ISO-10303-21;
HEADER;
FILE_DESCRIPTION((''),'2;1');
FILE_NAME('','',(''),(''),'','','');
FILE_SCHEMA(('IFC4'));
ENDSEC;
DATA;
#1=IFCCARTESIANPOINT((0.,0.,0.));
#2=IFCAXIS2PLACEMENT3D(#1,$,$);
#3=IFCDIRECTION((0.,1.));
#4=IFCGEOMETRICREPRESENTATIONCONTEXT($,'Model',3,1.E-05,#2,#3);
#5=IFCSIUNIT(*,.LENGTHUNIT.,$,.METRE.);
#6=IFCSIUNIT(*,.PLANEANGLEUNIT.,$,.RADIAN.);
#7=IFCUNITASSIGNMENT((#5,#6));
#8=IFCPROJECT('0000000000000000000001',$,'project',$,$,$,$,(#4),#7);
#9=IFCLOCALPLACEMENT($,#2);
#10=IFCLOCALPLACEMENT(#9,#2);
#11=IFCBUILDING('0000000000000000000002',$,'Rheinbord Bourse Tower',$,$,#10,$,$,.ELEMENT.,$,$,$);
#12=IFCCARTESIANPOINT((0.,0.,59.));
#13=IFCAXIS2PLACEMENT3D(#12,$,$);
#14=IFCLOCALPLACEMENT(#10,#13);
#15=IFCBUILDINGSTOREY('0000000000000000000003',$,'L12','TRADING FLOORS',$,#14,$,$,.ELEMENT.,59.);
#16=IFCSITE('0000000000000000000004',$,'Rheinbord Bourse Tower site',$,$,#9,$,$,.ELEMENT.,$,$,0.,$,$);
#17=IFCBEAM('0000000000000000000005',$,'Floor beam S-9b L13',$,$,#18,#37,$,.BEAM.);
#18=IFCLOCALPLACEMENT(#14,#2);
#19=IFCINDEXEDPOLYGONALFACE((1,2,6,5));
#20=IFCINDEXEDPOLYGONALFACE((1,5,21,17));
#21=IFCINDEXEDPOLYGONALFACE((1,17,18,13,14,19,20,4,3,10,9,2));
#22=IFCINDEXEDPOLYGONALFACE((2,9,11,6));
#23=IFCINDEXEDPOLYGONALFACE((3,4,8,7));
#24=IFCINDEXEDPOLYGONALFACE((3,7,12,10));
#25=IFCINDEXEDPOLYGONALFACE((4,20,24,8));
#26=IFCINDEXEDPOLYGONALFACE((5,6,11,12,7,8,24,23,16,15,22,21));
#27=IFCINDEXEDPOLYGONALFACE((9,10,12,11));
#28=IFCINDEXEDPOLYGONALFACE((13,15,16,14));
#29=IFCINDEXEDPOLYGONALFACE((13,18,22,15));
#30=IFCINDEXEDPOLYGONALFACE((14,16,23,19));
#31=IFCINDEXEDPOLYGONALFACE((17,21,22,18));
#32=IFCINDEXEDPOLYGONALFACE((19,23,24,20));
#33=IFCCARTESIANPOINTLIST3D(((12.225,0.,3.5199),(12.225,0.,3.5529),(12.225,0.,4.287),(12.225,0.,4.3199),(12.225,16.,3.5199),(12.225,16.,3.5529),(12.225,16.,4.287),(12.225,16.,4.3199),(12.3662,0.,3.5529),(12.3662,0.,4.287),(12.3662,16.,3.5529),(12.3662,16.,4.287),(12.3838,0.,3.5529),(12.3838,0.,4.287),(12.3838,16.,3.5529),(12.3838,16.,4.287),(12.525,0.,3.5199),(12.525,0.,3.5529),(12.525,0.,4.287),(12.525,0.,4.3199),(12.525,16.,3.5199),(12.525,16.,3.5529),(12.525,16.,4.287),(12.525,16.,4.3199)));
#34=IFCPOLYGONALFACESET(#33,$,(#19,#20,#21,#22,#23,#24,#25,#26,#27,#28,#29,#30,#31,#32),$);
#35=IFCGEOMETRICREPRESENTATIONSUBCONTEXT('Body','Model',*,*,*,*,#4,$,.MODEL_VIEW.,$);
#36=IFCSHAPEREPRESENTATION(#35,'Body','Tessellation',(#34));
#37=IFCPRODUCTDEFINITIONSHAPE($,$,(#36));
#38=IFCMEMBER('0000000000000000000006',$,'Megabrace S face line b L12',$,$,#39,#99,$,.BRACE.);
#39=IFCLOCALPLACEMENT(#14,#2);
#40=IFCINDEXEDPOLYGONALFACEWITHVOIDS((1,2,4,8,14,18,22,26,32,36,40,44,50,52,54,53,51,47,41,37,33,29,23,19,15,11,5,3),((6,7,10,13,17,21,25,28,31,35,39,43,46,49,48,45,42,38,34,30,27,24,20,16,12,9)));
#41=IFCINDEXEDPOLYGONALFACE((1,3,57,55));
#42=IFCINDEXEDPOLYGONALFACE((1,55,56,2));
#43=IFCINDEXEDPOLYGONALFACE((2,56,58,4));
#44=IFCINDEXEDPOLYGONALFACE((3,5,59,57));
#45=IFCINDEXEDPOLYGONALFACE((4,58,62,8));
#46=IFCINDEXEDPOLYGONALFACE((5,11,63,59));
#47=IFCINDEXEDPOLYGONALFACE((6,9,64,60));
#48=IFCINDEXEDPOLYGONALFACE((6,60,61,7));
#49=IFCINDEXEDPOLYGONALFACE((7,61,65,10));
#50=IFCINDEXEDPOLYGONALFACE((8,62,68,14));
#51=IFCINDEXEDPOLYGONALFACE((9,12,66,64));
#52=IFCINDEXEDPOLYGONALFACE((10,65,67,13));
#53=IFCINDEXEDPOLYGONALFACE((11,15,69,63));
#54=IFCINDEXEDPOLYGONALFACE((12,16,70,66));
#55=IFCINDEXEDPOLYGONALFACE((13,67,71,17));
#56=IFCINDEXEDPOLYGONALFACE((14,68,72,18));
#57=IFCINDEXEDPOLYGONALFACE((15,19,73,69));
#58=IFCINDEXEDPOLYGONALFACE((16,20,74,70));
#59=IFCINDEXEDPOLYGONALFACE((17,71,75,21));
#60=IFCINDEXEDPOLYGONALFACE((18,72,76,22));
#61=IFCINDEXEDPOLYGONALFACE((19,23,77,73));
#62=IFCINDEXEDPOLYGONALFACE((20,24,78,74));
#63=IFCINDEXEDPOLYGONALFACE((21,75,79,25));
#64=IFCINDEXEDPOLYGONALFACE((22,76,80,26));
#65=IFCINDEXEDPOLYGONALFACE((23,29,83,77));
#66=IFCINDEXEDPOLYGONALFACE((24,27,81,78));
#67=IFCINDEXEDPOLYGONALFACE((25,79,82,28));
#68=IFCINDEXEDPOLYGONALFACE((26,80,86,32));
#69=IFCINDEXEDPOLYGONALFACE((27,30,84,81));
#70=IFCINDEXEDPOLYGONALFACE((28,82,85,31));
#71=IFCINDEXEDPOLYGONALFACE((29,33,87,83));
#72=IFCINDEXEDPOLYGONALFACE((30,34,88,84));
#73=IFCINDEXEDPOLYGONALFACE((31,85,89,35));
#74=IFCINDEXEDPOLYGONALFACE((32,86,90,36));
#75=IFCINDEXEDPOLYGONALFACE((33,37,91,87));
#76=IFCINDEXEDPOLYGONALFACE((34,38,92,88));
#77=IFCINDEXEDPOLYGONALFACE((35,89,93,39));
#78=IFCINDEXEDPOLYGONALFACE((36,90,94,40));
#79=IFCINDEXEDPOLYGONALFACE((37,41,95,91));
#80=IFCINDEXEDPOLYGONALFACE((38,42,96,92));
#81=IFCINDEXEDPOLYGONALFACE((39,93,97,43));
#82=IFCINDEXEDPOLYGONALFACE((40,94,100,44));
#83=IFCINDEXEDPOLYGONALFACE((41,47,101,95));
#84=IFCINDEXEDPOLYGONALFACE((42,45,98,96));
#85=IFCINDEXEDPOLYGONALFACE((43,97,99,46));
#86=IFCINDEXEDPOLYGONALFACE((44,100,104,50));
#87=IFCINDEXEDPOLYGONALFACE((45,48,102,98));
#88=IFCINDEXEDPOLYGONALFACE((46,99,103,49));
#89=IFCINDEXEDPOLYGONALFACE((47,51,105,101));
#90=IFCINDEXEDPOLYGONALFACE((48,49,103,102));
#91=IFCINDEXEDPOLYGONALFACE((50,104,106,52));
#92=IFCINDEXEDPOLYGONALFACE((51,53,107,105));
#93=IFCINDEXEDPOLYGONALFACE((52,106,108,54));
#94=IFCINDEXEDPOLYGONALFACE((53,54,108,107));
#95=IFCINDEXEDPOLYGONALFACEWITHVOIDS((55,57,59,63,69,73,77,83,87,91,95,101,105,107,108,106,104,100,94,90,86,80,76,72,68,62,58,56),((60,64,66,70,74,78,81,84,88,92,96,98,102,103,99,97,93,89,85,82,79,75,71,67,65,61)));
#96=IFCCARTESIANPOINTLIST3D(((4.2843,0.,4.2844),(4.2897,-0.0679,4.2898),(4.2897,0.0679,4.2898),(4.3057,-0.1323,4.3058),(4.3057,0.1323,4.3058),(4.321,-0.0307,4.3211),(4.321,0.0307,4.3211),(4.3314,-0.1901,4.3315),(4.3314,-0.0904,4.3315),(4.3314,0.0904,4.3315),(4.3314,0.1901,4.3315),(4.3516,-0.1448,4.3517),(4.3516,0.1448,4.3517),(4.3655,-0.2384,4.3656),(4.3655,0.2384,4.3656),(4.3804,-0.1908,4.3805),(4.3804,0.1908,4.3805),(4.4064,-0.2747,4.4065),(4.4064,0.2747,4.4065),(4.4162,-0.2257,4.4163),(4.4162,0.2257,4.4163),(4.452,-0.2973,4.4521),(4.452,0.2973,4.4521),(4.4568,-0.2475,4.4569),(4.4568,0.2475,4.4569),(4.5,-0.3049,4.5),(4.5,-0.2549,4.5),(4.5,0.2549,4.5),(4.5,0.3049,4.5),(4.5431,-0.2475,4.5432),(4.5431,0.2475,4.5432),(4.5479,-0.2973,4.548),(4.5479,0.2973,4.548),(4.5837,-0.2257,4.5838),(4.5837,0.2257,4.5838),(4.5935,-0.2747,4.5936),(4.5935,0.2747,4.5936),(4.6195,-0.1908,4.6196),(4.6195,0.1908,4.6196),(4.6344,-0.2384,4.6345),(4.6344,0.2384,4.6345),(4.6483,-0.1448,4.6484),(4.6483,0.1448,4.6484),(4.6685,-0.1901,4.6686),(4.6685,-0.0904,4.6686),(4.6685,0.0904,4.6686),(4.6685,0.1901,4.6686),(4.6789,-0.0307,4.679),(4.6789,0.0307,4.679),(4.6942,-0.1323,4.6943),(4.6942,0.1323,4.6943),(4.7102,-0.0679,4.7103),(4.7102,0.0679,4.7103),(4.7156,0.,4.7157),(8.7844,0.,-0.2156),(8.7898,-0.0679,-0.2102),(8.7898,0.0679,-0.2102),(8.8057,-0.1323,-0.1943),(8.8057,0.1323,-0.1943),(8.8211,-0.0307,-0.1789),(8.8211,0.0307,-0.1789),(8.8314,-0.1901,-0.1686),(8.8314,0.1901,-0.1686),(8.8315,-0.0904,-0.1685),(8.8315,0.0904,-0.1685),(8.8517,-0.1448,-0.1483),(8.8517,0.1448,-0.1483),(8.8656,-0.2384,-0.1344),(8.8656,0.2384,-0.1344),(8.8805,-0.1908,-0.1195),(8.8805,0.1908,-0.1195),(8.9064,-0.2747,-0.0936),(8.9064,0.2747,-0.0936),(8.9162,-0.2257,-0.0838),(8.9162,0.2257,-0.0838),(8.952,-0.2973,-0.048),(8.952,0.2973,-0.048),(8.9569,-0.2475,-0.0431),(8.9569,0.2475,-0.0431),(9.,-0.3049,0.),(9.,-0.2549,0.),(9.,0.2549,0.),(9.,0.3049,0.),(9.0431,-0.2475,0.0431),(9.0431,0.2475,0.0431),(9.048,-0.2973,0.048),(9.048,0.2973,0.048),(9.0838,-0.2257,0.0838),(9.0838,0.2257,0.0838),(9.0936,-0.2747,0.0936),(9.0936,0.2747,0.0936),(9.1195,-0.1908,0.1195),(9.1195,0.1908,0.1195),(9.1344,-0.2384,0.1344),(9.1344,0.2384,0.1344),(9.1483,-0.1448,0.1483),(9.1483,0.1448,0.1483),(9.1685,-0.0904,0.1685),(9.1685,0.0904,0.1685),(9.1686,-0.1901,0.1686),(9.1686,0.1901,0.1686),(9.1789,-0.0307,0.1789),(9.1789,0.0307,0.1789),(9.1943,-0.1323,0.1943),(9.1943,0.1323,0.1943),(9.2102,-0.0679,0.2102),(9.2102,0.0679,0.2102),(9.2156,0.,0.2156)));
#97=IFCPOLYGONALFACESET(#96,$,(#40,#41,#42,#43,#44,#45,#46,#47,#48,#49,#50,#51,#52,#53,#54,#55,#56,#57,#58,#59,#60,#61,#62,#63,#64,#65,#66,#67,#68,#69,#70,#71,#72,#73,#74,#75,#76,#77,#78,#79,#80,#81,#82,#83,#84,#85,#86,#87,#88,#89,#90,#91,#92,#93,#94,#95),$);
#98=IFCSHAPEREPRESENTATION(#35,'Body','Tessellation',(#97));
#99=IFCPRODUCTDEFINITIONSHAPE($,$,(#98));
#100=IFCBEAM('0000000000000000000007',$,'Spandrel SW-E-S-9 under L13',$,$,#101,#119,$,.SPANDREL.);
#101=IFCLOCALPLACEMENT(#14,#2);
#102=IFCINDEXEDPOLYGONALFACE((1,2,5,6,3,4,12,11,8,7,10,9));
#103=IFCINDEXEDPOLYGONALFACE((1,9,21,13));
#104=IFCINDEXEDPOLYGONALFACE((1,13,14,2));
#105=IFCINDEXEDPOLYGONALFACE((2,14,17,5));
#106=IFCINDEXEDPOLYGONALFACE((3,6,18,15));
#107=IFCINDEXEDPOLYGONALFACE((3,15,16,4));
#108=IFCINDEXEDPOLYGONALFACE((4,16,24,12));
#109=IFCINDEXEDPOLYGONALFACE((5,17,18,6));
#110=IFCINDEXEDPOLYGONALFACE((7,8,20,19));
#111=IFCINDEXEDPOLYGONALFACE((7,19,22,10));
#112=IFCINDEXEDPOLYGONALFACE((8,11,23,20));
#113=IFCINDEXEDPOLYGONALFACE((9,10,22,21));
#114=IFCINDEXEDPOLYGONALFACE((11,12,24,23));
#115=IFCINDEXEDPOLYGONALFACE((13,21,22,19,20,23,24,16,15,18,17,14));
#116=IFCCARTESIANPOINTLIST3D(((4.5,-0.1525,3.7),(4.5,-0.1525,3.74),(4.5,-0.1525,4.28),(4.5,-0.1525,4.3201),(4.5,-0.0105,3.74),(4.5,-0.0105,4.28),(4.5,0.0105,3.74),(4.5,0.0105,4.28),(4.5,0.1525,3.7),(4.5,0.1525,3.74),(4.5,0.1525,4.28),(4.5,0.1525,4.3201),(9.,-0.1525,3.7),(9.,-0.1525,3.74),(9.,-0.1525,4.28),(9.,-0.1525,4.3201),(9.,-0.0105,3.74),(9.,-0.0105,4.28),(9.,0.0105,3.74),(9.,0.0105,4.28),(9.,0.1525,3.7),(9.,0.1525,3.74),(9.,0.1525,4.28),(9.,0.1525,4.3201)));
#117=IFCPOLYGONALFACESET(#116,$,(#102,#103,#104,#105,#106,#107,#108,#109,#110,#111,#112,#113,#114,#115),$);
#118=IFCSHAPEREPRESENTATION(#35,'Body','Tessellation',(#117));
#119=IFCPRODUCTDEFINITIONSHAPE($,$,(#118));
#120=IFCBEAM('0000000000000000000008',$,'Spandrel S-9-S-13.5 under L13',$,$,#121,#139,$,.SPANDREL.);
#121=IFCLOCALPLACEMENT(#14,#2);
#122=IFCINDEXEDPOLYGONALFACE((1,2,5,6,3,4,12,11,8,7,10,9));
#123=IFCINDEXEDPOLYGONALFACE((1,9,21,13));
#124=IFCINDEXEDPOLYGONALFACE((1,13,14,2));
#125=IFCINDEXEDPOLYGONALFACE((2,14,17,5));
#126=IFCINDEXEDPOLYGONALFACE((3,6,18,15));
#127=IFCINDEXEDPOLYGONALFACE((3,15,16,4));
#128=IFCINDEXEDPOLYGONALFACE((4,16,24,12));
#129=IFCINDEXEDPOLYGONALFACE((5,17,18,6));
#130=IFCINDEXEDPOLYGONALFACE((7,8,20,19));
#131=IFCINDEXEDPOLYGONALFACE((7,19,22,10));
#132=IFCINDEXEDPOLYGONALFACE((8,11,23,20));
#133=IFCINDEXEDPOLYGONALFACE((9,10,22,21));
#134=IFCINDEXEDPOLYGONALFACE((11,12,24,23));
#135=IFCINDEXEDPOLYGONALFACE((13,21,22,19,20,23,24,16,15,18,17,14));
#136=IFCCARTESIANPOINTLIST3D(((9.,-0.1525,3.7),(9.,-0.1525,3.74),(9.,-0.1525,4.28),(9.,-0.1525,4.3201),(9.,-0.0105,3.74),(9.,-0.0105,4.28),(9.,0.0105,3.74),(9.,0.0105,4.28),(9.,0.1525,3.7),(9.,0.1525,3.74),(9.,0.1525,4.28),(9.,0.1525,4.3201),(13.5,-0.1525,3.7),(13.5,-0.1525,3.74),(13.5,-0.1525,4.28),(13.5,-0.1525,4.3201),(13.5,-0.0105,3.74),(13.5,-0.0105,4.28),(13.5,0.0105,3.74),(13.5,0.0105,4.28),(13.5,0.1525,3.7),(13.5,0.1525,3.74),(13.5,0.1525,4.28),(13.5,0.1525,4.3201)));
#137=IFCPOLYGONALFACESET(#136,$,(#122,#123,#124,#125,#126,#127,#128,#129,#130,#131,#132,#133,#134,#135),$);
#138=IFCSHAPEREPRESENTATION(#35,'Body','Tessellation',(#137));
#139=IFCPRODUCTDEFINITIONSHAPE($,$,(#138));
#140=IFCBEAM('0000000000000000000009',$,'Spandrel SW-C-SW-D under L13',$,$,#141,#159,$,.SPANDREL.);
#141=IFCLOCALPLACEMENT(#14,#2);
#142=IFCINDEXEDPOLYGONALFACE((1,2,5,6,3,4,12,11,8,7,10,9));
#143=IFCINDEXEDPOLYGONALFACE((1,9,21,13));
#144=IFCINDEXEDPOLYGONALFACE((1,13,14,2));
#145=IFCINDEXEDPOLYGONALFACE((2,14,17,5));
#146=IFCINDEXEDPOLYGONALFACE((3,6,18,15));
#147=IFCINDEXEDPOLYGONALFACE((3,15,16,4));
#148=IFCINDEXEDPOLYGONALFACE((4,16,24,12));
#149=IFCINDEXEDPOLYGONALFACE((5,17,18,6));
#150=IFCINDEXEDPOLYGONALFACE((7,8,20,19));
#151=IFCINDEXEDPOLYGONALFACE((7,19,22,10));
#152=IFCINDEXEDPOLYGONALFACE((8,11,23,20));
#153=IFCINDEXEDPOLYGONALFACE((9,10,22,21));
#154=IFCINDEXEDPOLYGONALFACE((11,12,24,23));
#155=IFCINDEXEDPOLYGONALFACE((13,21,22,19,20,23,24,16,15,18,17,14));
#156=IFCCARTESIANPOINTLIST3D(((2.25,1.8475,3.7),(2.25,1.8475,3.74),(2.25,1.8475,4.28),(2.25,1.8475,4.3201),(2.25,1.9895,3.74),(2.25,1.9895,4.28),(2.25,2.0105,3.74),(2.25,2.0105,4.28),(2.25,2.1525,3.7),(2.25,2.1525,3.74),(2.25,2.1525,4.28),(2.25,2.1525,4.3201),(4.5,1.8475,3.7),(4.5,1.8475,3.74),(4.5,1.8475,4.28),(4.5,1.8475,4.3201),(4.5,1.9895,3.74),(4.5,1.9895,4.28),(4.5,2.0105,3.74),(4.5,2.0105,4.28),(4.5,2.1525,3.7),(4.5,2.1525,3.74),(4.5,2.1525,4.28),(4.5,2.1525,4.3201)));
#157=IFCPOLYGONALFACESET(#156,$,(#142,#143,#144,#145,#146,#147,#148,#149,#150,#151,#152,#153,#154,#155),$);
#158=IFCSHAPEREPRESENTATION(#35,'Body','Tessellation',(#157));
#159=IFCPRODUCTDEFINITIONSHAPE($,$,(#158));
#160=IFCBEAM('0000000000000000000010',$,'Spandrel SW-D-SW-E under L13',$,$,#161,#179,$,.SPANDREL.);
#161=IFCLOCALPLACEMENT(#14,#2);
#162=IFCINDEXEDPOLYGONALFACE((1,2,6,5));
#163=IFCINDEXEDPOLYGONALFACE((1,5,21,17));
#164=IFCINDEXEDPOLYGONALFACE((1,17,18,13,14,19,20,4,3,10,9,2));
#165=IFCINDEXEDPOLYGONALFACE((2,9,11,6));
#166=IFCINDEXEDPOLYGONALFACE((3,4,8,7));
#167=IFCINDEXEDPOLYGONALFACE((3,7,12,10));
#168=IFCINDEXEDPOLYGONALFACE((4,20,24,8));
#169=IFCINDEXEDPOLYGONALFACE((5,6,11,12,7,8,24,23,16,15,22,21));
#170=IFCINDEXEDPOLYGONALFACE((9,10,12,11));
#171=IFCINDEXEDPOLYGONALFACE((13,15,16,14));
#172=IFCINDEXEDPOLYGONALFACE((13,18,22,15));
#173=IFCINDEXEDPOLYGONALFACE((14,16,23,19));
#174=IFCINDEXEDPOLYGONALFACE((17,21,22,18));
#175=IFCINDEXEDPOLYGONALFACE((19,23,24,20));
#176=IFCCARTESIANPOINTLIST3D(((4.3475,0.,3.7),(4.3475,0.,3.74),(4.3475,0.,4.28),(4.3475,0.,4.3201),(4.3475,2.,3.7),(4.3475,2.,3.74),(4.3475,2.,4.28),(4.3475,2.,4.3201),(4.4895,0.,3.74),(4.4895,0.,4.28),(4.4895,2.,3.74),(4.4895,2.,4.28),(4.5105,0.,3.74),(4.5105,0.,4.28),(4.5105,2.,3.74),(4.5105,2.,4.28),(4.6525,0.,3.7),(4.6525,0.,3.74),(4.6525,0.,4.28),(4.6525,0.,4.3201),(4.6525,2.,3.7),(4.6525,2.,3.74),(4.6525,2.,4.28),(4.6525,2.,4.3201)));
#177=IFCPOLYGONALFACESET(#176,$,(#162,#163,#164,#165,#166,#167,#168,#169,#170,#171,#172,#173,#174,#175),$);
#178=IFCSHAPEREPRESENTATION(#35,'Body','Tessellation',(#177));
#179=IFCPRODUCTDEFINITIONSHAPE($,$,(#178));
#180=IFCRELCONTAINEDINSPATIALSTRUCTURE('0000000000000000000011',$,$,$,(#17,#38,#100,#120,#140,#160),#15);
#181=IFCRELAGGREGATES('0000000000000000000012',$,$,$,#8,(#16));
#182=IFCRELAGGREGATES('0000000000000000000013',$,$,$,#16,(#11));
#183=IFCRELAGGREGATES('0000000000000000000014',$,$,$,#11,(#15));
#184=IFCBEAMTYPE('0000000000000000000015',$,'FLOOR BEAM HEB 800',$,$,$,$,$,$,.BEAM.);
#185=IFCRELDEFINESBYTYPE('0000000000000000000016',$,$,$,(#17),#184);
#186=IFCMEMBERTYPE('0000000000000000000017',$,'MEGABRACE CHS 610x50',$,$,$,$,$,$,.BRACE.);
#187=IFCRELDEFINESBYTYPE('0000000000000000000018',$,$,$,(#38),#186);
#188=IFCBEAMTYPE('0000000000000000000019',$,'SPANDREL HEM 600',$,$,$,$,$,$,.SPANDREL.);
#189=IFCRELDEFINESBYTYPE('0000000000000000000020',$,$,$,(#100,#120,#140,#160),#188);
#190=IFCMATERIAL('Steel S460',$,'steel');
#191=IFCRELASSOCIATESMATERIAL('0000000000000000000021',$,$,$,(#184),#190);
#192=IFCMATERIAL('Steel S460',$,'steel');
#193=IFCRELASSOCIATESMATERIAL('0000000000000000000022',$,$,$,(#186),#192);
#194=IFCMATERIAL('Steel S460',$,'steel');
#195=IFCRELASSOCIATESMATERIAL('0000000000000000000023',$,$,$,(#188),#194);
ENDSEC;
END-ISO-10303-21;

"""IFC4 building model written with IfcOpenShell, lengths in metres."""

from ifc_helpers import new_model, si_unit, direction, frame, origin, origin_2d, place, context, subcontext, project, spatial, hollow_circle, i_section, extrude, material, material_profile, profile_set, type_object, element, save


model = new_model("IFC4")

# Units and contexts
model_context = context("Model", 3, precision=1e-05, world=origin(), true_north=direction((0.0, 1.0)))
body_context = subcontext(model_context, "Body", "Model", "MODEL_VIEW")
ifc_project = project(units=[si_unit("LENGTHUNIT", "METRE"), si_unit("PLANEANGLEUNIT", "RADIAN")], contexts=[model_context])

# Site, building, storey
site_placement = place(None, origin())
site = spatial("IfcSite", under=ifc_project, at=site_placement, Name="Rheinbord Bourse Tower site", CompositionType="ELEMENT", RefElevation=0.0)
building_placement = place(site_placement, origin())
building = spatial("IfcBuilding", under=site, at=building_placement, Name="Rheinbord Bourse Tower", CompositionType="ELEMENT")
storey_placement = place(building_placement, frame((0.0, 0.0, 59.0)))
storey = spatial("IfcBuildingStorey", under=building, at=storey_placement, Name="L12", Description="TRADING FLOORS", CompositionType="ELEMENT", Elevation=59.0)

# Beam
ifc_material_1 = material(Name="Steel S460", Category="steel")
ifc_material_profile_1 = material_profile(ifc_material_1, i_section(OverallWidth=0.3, OverallDepth=0.8, WebThickness=0.0176, FlangeThickness=0.033, at=origin_2d()), Name="HEB 800")
ifc_profile_set_1 = profile_set([ifc_material_profile_1], Name="Steel S460")
beam_type_1 = type_object("IfcBeamType", Name="FLOOR BEAM HEB 800", PredefinedType="BEAM", material=ifc_profile_set_1)
for number, where, z_axis, x_axis, name in (
    (1, (12.375, 0.0, 3.9199), (0.0, 1.0, 0.0), (-1.0, 0.0, 0.0), "Floor beam S-9b L13"),
):
    element("IfcBeam", number, at=place(storey_placement, frame(where, z_axis=z_axis, x_axis=x_axis)), inside=storey, type_object=beam_type_1, Name=name, PredefinedType="BEAM", context=body_context, shape_type="SweptSolid", body=[
        extrude(i_section(OverallWidth=0.3, OverallDepth=0.8, WebThickness=0.0176, FlangeThickness=0.033, at=origin_2d()), origin(), (0.0, 0.0, 1.0), 16.0),
    ])

# Member
ifc_material_2 = material(Name="Steel S460", Category="steel")
ifc_material_profile_2 = material_profile(ifc_material_2, hollow_circle(Radius=0.3049, WallThickness=0.05, at=origin_2d()), Name="CHS 610x50")
ifc_profile_set_2 = profile_set([ifc_material_profile_2], Name="Steel S460")
member_type_1 = type_object("IfcMemberType", Name="MEGABRACE CHS 610x50", PredefinedType="BRACE", material=ifc_profile_set_2)
member_1_placement = place(storey_placement, frame((9.0, 0.0, 0.0), z_axis=(-0.707107, 0.0, 0.707107), x_axis=(0.0, -1.0, 0.0)))
element("IfcMember", 2, at=member_1_placement, inside=storey, type_object=member_type_1, Name="Megabrace S face line b L12", PredefinedType="BRACE", context=body_context, shape_type="SweptSolid", body=[
    extrude(hollow_circle(Radius=0.3049, WallThickness=0.05, at=origin_2d()), origin(), (0.0, 0.0, 1.0), 6.364),
])

# Beams
ifc_material_3 = material(Name="Steel S460", Category="steel")
ifc_material_profile_3 = material_profile(ifc_material_3, i_section(OverallWidth=0.3049, OverallDepth=0.6201, WebThickness=0.021, FlangeThickness=0.04, at=origin_2d()), Name="HEM 600")
ifc_profile_set_3 = profile_set([ifc_material_profile_3], Name="Steel S460")
beam_type_2 = type_object("IfcBeamType", Name="SPANDREL HEM 600", PredefinedType="SPANDREL", material=ifc_profile_set_3)
for number, where, z_axis, x_axis, name in (
    (3, (4.5, 0.0, 4.01), (1.0, 0.0, 0.0), (0.0, 1.0, 0.0), "Spandrel SW-E-S-9 under L13"),
    (4, (9.0, 0.0, 4.01), (1.0, 0.0, 0.0), (0.0, 1.0, 0.0), "Spandrel S-9-S-13.5 under L13"),
):
    element("IfcBeam", number, at=place(storey_placement, frame(where, z_axis=z_axis, x_axis=x_axis)), inside=storey, type_object=beam_type_2, Name=name, PredefinedType="SPANDREL", context=body_context, shape_type="SweptSolid", body=[
        extrude(i_section(OverallWidth=0.3049, OverallDepth=0.6201, WebThickness=0.021, FlangeThickness=0.04, at=origin_2d()), origin(), (0.0, 0.0, 1.0), 4.5),
    ])
beam_1_placement = place(storey_placement, frame((2.25, 2.0, 4.01), z_axis=(1.0, 0.0, 0.0), x_axis=(0.0, 1.0, 0.0)))
element("IfcBeam", 5, at=beam_1_placement, inside=storey, type_object=beam_type_2, Name="Spandrel SW-C-SW-D under L13", PredefinedType="SPANDREL", context=body_context, shape_type="SweptSolid", body=[
    extrude(i_section(OverallWidth=0.3049, OverallDepth=0.6201, WebThickness=0.021, FlangeThickness=0.04, at=origin_2d()), origin(), (0.0, 0.0, 1.0), 2.25),
])
beam_2_placement = place(storey_placement, frame((4.5, 2.0, 4.01), z_axis=(0.0, -1.0, 0.0), x_axis=(1.0, 0.0, 0.0)))
element("IfcBeam", 6, at=beam_2_placement, inside=storey, type_object=beam_type_2, Name="Spandrel SW-D-SW-E under L13", PredefinedType="SPANDREL", context=body_context, shape_type="SweptSolid", body=[
    extrude(i_section(OverallWidth=0.3049, OverallDepth=0.6201, WebThickness=0.021, FlangeThickness=0.04, at=origin_2d()), origin(), (0.0, 0.0, 1.0), 2.0),
])

save(model, "model.ifc")
